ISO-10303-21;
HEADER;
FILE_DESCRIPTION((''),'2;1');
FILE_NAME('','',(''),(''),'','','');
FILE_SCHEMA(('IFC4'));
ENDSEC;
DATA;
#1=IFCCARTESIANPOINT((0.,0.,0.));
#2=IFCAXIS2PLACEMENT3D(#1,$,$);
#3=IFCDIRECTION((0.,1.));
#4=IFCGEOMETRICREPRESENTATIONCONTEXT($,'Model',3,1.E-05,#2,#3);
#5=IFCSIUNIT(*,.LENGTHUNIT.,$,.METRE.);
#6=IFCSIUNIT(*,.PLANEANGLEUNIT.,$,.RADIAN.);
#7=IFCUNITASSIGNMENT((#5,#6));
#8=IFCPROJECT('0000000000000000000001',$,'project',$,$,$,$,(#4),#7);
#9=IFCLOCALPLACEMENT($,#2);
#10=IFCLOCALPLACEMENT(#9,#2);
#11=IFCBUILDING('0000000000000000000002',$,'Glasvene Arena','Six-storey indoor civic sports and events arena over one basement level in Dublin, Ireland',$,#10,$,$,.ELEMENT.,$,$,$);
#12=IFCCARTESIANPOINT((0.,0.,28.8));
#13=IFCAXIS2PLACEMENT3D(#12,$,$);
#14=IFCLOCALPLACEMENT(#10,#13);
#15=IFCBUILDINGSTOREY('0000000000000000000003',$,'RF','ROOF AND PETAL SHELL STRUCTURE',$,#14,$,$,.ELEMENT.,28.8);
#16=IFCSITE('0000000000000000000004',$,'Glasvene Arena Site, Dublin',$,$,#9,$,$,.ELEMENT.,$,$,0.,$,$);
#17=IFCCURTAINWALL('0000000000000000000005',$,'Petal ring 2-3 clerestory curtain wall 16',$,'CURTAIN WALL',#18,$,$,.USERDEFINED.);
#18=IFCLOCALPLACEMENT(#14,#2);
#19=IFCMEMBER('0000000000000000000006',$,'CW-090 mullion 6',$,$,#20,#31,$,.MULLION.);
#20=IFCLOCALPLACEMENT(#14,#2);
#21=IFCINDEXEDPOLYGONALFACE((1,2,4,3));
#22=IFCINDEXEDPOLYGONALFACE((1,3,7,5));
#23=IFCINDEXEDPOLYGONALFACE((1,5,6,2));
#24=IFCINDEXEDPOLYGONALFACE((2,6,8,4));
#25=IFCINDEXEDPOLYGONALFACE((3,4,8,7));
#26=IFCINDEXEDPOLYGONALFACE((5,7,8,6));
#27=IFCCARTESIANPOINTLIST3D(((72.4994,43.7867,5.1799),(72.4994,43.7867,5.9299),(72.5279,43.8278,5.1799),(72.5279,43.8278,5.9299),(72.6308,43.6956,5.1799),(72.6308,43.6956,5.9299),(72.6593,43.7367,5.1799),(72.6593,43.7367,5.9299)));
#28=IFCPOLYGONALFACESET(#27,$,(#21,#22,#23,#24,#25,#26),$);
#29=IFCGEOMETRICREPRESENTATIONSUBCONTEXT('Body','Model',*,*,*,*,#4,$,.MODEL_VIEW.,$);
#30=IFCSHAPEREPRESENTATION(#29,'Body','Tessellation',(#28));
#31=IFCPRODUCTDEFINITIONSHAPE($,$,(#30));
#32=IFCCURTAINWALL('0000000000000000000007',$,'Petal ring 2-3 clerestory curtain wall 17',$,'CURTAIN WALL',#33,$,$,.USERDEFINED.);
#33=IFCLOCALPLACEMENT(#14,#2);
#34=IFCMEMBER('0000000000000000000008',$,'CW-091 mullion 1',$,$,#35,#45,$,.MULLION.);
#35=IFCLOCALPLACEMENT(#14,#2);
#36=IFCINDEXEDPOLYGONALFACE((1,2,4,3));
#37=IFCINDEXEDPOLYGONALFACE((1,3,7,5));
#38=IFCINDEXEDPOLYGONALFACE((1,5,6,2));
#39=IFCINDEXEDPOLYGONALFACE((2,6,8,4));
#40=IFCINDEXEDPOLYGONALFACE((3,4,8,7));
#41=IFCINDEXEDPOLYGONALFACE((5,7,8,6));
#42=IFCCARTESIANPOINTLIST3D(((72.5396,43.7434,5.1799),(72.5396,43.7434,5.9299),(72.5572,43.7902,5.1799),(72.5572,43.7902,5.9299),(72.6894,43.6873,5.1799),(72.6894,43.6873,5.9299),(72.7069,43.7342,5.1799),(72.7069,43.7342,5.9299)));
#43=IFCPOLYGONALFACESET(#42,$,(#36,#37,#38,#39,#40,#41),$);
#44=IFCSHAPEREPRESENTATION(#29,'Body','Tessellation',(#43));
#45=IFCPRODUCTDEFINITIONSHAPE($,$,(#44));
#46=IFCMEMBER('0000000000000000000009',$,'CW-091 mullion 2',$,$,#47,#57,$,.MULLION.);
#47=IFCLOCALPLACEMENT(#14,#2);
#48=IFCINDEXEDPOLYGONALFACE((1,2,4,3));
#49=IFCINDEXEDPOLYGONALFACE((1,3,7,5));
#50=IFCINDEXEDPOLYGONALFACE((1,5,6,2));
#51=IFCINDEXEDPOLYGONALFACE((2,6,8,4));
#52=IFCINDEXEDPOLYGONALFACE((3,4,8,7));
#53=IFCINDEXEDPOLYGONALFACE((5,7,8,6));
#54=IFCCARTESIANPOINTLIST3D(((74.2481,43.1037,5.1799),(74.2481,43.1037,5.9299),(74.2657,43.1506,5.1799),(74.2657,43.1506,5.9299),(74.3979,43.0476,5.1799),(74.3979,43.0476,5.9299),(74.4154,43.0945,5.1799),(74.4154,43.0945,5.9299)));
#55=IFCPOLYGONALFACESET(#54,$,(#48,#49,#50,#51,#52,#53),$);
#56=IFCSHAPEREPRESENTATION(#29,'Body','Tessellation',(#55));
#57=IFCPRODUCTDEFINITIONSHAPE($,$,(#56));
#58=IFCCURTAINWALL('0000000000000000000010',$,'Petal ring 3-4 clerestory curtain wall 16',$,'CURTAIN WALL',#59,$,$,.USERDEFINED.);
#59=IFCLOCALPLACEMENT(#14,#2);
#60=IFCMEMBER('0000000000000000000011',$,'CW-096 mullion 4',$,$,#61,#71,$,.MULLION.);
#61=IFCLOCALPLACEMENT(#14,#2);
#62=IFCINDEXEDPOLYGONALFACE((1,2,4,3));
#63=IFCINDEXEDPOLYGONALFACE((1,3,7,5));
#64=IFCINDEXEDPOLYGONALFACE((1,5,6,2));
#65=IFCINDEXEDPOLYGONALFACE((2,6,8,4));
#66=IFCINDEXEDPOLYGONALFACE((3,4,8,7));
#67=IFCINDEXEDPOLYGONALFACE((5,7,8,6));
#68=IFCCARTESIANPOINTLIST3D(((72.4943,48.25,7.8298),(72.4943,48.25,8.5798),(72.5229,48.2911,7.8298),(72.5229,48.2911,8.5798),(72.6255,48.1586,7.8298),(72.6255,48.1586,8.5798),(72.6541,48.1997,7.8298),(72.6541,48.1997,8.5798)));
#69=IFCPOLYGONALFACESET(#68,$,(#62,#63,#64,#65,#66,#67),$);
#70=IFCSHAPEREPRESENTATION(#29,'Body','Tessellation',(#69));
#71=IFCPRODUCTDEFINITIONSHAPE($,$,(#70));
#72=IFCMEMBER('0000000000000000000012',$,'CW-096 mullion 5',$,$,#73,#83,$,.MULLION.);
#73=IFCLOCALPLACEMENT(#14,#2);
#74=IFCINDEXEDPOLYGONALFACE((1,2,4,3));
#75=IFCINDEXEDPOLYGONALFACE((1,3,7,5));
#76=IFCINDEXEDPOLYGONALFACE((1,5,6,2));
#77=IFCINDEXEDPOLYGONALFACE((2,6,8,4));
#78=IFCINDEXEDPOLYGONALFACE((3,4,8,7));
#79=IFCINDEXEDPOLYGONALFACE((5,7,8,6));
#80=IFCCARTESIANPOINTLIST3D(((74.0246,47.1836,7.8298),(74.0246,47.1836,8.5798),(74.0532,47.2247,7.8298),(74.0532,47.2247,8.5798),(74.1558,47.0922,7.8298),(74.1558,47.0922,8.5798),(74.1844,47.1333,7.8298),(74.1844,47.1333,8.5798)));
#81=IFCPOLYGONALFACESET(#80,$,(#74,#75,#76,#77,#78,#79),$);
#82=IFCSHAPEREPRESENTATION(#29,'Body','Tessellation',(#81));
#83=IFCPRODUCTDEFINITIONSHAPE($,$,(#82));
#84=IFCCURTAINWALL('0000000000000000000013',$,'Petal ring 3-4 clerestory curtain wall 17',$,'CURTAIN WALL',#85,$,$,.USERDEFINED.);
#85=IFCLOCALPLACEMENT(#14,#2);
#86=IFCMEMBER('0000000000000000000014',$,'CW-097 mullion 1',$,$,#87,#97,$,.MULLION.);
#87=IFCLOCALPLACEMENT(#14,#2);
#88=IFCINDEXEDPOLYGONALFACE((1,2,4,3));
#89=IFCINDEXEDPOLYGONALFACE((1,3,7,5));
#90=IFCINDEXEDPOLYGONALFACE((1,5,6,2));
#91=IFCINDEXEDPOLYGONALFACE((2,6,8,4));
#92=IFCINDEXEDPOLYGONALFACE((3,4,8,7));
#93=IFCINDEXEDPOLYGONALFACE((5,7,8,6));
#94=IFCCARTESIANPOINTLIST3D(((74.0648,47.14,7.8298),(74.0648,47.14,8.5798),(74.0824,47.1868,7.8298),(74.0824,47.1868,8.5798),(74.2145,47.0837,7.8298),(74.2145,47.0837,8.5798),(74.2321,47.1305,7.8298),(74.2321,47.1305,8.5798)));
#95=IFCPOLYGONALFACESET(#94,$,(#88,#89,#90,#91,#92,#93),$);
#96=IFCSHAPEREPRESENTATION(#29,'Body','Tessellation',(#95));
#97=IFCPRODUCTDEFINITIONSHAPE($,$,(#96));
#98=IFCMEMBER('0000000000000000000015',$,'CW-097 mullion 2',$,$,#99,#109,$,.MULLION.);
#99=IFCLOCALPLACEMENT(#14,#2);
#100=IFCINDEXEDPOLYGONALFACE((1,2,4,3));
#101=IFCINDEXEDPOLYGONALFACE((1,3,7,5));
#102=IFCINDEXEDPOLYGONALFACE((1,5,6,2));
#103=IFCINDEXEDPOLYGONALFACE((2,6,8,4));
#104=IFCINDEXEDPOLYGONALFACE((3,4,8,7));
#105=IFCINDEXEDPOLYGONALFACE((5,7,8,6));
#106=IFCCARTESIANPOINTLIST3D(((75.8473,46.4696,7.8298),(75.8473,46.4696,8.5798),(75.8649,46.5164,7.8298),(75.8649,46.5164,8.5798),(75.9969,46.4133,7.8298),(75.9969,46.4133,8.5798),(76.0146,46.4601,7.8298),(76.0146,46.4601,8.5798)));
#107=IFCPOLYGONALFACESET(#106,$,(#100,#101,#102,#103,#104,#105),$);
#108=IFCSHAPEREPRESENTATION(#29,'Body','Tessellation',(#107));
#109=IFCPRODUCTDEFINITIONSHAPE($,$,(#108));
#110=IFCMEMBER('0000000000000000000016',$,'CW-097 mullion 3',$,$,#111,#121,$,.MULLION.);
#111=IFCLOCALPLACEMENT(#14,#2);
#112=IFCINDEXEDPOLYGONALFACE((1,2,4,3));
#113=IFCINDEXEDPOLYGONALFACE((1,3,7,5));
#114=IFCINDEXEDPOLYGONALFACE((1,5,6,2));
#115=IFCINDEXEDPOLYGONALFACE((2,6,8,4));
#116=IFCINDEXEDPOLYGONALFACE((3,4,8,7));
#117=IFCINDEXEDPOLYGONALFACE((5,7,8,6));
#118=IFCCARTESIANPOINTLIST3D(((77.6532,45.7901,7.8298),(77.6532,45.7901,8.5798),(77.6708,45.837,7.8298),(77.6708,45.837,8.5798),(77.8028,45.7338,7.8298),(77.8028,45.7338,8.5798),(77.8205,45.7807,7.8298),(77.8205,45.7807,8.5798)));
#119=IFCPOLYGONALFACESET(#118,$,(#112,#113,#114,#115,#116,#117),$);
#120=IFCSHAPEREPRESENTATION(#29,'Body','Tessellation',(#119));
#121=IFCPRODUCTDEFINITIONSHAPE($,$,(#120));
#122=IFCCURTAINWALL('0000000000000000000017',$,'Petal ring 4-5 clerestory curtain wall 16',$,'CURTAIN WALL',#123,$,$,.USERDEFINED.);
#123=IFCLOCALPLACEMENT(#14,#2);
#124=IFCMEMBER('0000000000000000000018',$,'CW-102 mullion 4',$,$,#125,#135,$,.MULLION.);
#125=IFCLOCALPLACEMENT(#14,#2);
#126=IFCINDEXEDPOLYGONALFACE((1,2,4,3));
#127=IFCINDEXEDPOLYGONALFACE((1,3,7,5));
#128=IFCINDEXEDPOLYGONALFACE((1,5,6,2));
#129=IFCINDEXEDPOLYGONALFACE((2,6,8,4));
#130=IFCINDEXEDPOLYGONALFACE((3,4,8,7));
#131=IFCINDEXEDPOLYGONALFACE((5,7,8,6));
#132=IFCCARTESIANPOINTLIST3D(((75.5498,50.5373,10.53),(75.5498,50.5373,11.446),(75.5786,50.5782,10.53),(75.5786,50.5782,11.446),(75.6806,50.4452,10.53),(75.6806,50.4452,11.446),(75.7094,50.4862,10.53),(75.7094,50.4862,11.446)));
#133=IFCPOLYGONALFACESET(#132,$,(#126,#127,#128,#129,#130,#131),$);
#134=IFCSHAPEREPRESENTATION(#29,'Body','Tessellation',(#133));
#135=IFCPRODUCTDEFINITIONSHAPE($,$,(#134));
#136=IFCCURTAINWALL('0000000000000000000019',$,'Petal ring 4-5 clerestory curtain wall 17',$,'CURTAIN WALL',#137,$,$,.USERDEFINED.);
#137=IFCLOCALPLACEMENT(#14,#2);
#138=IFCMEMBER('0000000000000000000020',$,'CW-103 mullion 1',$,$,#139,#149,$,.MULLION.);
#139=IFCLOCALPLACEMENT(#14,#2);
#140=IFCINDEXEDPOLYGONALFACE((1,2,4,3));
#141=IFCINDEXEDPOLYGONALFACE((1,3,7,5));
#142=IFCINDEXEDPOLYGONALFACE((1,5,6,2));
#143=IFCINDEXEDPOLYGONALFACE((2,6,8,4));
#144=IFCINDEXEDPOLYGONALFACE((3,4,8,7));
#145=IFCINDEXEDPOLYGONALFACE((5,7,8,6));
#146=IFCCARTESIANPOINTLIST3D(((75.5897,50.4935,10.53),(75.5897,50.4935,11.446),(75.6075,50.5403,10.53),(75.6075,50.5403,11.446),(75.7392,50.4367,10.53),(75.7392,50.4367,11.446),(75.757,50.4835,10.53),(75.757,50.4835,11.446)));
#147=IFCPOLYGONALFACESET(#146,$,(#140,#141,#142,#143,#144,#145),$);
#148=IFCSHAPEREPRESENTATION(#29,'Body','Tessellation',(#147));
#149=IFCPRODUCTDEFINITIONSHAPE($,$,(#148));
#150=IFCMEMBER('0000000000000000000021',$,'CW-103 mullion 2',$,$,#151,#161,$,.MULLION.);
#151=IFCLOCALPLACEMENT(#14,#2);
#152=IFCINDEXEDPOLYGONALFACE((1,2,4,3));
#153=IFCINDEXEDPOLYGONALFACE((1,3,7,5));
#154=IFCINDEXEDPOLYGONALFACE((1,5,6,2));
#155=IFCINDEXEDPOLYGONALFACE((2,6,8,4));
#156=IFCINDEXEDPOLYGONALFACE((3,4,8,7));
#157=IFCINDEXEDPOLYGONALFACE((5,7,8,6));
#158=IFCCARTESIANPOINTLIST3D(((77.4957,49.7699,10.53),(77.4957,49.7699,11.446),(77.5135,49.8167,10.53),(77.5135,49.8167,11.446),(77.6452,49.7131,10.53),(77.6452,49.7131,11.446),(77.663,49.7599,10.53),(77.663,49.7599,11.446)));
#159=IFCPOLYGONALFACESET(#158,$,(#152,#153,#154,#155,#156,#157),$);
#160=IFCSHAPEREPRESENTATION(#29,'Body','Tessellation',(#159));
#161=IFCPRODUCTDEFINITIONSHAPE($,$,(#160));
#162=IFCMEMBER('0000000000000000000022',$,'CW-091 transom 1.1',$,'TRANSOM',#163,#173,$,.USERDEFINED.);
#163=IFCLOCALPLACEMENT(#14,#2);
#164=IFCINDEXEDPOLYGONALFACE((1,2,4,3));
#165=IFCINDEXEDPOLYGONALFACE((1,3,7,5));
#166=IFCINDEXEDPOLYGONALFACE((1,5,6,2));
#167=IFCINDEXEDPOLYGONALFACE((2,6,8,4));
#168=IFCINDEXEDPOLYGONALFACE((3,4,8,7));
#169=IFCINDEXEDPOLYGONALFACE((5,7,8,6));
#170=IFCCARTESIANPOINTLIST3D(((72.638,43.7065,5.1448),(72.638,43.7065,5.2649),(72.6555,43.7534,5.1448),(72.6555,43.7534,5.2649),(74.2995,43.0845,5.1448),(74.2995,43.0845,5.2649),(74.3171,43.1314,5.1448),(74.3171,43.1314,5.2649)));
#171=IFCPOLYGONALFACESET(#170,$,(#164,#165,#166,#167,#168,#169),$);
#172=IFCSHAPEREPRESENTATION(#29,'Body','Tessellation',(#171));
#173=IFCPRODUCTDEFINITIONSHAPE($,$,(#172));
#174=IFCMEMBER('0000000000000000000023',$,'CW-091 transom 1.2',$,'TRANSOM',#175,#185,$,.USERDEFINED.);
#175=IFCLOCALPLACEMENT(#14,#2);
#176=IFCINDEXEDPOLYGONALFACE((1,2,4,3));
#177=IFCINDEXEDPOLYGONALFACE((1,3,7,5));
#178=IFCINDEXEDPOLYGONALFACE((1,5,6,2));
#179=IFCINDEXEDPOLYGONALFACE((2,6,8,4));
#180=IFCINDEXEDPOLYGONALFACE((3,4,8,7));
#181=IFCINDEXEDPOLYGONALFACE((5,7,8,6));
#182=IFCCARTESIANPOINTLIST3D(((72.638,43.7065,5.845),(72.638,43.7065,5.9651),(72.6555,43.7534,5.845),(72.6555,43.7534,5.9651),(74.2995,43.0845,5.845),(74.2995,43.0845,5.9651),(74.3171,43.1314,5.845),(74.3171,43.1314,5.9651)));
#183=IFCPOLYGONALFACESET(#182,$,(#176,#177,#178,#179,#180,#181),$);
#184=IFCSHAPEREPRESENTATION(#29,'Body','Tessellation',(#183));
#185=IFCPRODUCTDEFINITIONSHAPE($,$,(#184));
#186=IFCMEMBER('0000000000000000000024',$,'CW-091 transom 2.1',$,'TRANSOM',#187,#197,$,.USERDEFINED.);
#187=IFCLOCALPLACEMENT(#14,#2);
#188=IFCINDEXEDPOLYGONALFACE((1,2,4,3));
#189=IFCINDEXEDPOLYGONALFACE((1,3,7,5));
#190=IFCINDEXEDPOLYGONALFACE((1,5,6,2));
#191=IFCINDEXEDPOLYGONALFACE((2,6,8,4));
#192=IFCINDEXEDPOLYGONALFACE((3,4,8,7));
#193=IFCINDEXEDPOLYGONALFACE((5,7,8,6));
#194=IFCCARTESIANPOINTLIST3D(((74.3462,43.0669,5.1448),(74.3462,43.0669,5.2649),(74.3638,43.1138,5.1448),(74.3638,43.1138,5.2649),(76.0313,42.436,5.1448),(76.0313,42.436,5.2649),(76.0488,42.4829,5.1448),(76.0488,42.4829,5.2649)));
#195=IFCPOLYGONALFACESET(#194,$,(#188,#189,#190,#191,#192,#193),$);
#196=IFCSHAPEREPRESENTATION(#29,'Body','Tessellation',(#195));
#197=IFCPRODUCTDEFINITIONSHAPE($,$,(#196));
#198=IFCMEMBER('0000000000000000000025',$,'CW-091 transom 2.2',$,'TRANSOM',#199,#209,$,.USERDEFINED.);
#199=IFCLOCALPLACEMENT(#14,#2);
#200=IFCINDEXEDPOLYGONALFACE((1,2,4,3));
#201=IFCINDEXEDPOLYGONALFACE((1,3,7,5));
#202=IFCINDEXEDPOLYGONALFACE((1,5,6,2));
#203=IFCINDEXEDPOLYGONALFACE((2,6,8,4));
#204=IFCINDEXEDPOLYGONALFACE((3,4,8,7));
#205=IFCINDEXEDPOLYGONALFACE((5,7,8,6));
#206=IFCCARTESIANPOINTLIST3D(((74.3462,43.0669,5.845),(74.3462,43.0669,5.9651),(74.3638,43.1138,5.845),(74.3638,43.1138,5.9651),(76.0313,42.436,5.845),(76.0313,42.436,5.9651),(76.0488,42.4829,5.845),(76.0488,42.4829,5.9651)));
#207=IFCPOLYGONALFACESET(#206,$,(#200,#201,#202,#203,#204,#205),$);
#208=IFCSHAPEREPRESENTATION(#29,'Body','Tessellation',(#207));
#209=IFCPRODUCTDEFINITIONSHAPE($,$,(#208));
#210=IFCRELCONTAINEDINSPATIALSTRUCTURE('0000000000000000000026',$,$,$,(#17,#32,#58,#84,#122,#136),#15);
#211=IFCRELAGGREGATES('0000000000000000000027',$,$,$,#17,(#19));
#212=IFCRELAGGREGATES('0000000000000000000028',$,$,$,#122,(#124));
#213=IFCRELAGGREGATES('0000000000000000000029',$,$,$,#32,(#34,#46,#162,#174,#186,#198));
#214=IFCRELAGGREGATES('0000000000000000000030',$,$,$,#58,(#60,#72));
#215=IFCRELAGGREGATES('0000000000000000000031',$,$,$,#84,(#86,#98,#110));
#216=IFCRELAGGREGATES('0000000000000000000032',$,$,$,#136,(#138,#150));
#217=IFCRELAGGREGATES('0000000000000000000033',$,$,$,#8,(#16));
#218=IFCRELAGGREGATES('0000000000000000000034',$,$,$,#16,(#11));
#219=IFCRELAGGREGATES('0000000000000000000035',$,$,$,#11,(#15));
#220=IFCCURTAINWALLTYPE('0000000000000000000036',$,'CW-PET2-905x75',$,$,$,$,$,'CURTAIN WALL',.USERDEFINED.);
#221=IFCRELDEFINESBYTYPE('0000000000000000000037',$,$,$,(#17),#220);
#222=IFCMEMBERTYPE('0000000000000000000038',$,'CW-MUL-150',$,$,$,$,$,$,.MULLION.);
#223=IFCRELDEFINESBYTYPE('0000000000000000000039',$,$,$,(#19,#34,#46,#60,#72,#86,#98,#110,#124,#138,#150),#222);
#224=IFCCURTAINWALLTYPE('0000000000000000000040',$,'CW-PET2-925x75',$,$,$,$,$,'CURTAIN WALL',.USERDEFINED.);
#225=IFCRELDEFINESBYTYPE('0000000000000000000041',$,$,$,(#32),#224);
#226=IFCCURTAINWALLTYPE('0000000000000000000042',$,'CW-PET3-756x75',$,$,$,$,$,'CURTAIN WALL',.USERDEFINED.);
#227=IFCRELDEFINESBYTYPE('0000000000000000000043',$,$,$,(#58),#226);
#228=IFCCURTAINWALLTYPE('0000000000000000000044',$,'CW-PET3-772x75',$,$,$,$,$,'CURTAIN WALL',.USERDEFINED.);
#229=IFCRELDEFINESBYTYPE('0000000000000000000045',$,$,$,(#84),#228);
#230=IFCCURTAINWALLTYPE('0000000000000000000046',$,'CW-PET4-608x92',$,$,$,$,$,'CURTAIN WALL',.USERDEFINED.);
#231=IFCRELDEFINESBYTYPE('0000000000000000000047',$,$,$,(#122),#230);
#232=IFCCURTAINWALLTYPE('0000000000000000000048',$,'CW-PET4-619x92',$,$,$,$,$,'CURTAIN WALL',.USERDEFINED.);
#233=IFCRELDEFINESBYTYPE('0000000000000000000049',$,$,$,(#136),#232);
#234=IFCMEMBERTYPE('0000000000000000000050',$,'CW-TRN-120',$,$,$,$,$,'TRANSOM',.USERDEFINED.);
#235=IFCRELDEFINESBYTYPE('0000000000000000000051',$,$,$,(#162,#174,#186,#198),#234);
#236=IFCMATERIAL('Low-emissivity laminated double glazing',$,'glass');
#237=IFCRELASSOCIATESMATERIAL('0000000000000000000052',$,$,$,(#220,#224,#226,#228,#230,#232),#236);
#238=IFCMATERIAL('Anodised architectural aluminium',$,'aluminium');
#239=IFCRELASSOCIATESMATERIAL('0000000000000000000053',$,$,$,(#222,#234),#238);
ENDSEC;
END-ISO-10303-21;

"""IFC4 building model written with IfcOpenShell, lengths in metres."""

from ifc_helpers import new_model, si_unit, direction, frame, origin, origin_2d, place, context, subcontext, project, spatial, rectangle, extrude, material, material_profile, profile_set, type_object, element, aggregate, save


model = new_model("IFC4")

# Units and contexts
model_context = context("Model", 3, precision=1e-05, world=origin(), true_north=direction((0.0, 1.0)))
body_context = subcontext(model_context, "Body", "Model", "MODEL_VIEW")
ifc_project = project(units=[si_unit("LENGTHUNIT", "METRE"), si_unit("PLANEANGLEUNIT", "RADIAN")], contexts=[model_context])

# Site, building, storey
site_placement = place(None, origin())
site = spatial("IfcSite", under=ifc_project, at=site_placement, Name="Glasvene Arena Site, Dublin", CompositionType="ELEMENT", RefElevation=0.0)
building_placement = place(site_placement, origin())
building = spatial("IfcBuilding", under=site, at=building_placement, Name="Glasvene Arena", Description="Six-storey indoor civic sports and events arena over one basement level in Dublin, Ireland", CompositionType="ELEMENT")
storey_placement = place(building_placement, frame((0.0, 0.0, 28.8)))
storey = spatial("IfcBuildingStorey", under=building, at=storey_placement, Name="RF", Description="ROOF AND PETAL SHELL STRUCTURE", CompositionType="ELEMENT", Elevation=28.8)

# Curtain wall, member
ifc_material_1 = material(Name="Low-emissivity laminated double glazing", Category="glass")
curtain_wall_type_1 = type_object("IfcCurtainWallType", Name="CW-PET2-905x75", ElementType="CURTAIN WALL", PredefinedType="USERDEFINED", material=ifc_material_1)
curtain_wall_1_placement = place(storey_placement, frame((65.1648, 48.9043, 0.0)))
curtain_wall_1 = element("IfcCurtainWall", 1, at=curtain_wall_1_placement, inside=storey, type_object=curtain_wall_type_1, Name="Petal ring 2-3 clerestory curtain wall 16", ObjectType="CURTAIN WALL", PredefinedType="USERDEFINED")
ifc_material_2 = material(Name="Anodised architectural aluminium", Category="aluminium")
ifc_material_profile_1 = material_profile(ifc_material_2, rectangle(XDim=0.05, YDim=0.1599, at=origin_2d()), Name="ALU MULLION 50x160")
ifc_profile_set_1 = profile_set([ifc_material_profile_1], Name="Anodised architectural aluminium")
member_type_1 = type_object("IfcMemberType", Name="CW-MUL-150", PredefinedType="MULLION", material=ifc_profile_set_1)
member_1_placement = place(storey_placement, frame((72.5793, 43.7617, 5.1799), z_axis=(0.0, 0.0, 1.0), x_axis=(0.569921, 0.821699, 0.0)))
member_1 = element("IfcMember", 2, at=member_1_placement, type_object=member_type_1, Name="CW-090 mullion 6", PredefinedType="MULLION", context=body_context, shape_type="SweptSolid", body=[
    extrude(rectangle(XDim=0.05, YDim=0.1599, at=origin_2d()), origin(), (0.0, 0.0, 1.0), 0.75),
])
aggregate(curtain_wall_1, [member_1])

# Curtain walls, members
curtain_wall_type_2 = type_object("IfcCurtainWallType", Name="CW-PET2-925x75", ElementType="CURTAIN WALL", PredefinedType="USERDEFINED", material=ifc_material_1)
curtain_wall_2_placement = place(storey_placement, frame((72.6001, 43.7476, 0.0)))
curtain_wall_2 = element("IfcCurtainWall", 3, at=curtain_wall_2_placement, inside=storey, type_object=curtain_wall_type_2, Name="Petal ring 2-3 clerestory curtain wall 17", ObjectType="CURTAIN WALL", PredefinedType="USERDEFINED")
member_2_placement = place(storey_placement, frame((72.6233, 43.7388, 5.1799), z_axis=(0.0, 0.0, 1.0), x_axis=(0.35064, 0.93651, 0.0)))
member_2 = element("IfcMember", 4, at=member_2_placement, type_object=member_type_1, Name="CW-091 mullion 1", PredefinedType="MULLION", context=body_context, shape_type="SweptSolid", body=[
    extrude(rectangle(XDim=0.05, YDim=0.1599, at=origin_2d()), origin(), (0.0, 0.0, 1.0), 0.75),
])
member_3_placement = place(storey_placement, frame((74.3318, 43.0991, 5.1799), z_axis=(0.0, 0.0, 1.0), x_axis=(0.35064, 0.93651, 0.0)))
member_3 = element("IfcMember", 5, at=member_3_placement, type_object=member_type_1, Name="CW-091 mullion 2", PredefinedType="MULLION", context=body_context, shape_type="SweptSolid", body=[
    extrude(rectangle(XDim=0.05, YDim=0.1599, at=origin_2d()), origin(), (0.0, 0.0, 1.0), 0.75),
])
curtain_wall_type_3 = type_object("IfcCurtainWallType", Name="CW-PET3-756x75", ElementType="CURTAIN WALL", PredefinedType="USERDEFINED", material=ifc_material_1)
curtain_wall_3_placement = place(storey_placement, frame((67.9221, 51.4668, 0.0)))
curtain_wall_3 = element("IfcCurtainWall", 6, at=curtain_wall_3_placement, inside=storey, type_object=curtain_wall_type_3, Name="Petal ring 3-4 clerestory curtain wall 16", ObjectType="CURTAIN WALL", PredefinedType="USERDEFINED")
member_4_placement = place(storey_placement, frame((72.5742, 48.2249, 7.8298), z_axis=(0.0, 0.0, 1.0), x_axis=(0.571742, 0.820433, 0.0)))
member_4 = element("IfcMember", 7, at=member_4_placement, type_object=member_type_1, Name="CW-096 mullion 4", PredefinedType="MULLION", context=body_context, shape_type="SweptSolid", body=[
    extrude(rectangle(XDim=0.05, YDim=0.1599, at=origin_2d()), origin(), (0.0, 0.0, 1.0), 0.75),
])
member_5_placement = place(storey_placement, frame((74.1045, 47.1584, 7.8298), z_axis=(0.0, 0.0, 1.0), x_axis=(0.571742, 0.820433, 0.0)))
member_5 = element("IfcMember", 8, at=member_5_placement, type_object=member_type_1, Name="CW-096 mullion 5", PredefinedType="MULLION", context=body_context, shape_type="SweptSolid", body=[
    extrude(rectangle(XDim=0.05, YDim=0.1599, at=origin_2d()), origin(), (0.0, 0.0, 1.0), 0.75),
])
curtain_wall_type_4 = type_object("IfcCurtainWallType", Name="CW-PET3-772x75", ElementType="CURTAIN WALL", PredefinedType="USERDEFINED", material=ifc_material_1)
curtain_wall_4_placement = place(storey_placement, frame((74.125, 47.144, 0.0)))
curtain_wall_4 = element("IfcCurtainWall", 9, at=curtain_wall_4_placement, inside=storey, type_object=curtain_wall_type_4, Name="Petal ring 3-4 clerestory curtain wall 17", ObjectType="CURTAIN WALL", PredefinedType="USERDEFINED")
member_6_placement = place(storey_placement, frame((74.1484, 47.1353, 7.8298), z_axis=(0.0, 0.0, 1.0), x_axis=(0.352092, 0.935966, 0.0)))
member_6 = element("IfcMember", 10, at=member_6_placement, type_object=member_type_1, Name="CW-097 mullion 1", PredefinedType="MULLION", context=body_context, shape_type="SweptSolid", body=[
    extrude(rectangle(XDim=0.05, YDim=0.1599, at=origin_2d()), origin(), (0.0, 0.0, 1.0), 0.75),
])
member_7_placement = place(storey_placement, frame((75.9309, 46.4648, 7.8298), z_axis=(0.0, 0.0, 1.0), x_axis=(0.352092, 0.935966, 0.0)))
member_7 = element("IfcMember", 11, at=member_7_placement, type_object=member_type_1, Name="CW-097 mullion 2", PredefinedType="MULLION", context=body_context, shape_type="SweptSolid", body=[
    extrude(rectangle(XDim=0.05, YDim=0.1599, at=origin_2d()), origin(), (0.0, 0.0, 1.0), 0.75),
])
member_8_placement = place(storey_placement, frame((77.7368, 45.7854, 7.8298), z_axis=(0.0, 0.0, 1.0), x_axis=(0.352092, 0.935966, 0.0)))
member_8 = element("IfcMember", 12, at=member_8_placement, type_object=member_type_1, Name="CW-097 mullion 3", PredefinedType="MULLION", context=body_context, shape_type="SweptSolid", body=[
    extrude(rectangle(XDim=0.05, YDim=0.1599, at=origin_2d()), origin(), (0.0, 0.0, 1.0), 0.75),
])

# Curtain wall, member
curtain_wall_type_5 = type_object("IfcCurtainWallType", Name="CW-PET4-608x92", ElementType="CURTAIN WALL", PredefinedType="USERDEFINED", material=ifc_material_1)
curtain_wall_5_placement = place(storey_placement, frame((70.6794, 53.9937, 0.0)))
curtain_wall_5 = element("IfcCurtainWall", 13, at=curtain_wall_5_placement, inside=storey, type_object=curtain_wall_type_5, Name="Petal ring 4-5 clerestory curtain wall 16", ObjectType="CURTAIN WALL", PredefinedType="USERDEFINED")
member_9_placement = place(storey_placement, frame((75.6296, 50.5117, 10.53), z_axis=(0.0, 0.0, 1.0), x_axis=(0.575325, 0.817925, 0.0)))
member_9 = element("IfcMember", 14, at=member_9_placement, type_object=member_type_1, Name="CW-102 mullion 4", PredefinedType="MULLION", context=body_context, shape_type="SweptSolid", body=[
    extrude(rectangle(XDim=0.05, YDim=0.1599, at=origin_2d()), origin(), (0.0, 0.0, 1.0), 0.916),
])
aggregate(curtain_wall_5, [member_9])

# Curtain wall, members
curtain_wall_type_6 = type_object("IfcCurtainWallType", Name="CW-PET4-619x92", ElementType="CURTAIN WALL", PredefinedType="USERDEFINED", material=ifc_material_1)
curtain_wall_6_placement = place(storey_placement, frame((75.6499, 50.4973, 0.0)))
curtain_wall_6 = element("IfcCurtainWall", 15, at=curtain_wall_6_placement, inside=storey, type_object=curtain_wall_type_6, Name="Petal ring 4-5 clerestory curtain wall 17", ObjectType="CURTAIN WALL", PredefinedType="USERDEFINED")
member_10_placement = place(storey_placement, frame((75.6733, 50.4885, 10.53), z_axis=(0.0, 0.0, 1.0), x_axis=(0.35497, 0.934878, 0.0)))
member_10 = element("IfcMember", 16, at=member_10_placement, type_object=member_type_1, Name="CW-103 mullion 1", PredefinedType="MULLION", context=body_context, shape_type="SweptSolid", body=[
    extrude(rectangle(XDim=0.05, YDim=0.1599, at=origin_2d()), origin(), (0.0, 0.0, 1.0), 0.916),
])
member_11_placement = place(storey_placement, frame((77.5793, 49.7649, 10.53), z_axis=(0.0, 0.0, 1.0), x_axis=(0.35497, 0.934878, 0.0)))
member_11 = element("IfcMember", 17, at=member_11_placement, type_object=member_type_1, Name="CW-103 mullion 2", PredefinedType="MULLION", context=body_context, shape_type="SweptSolid", body=[
    extrude(rectangle(XDim=0.05, YDim=0.1599, at=origin_2d()), origin(), (0.0, 0.0, 1.0), 0.916),
])

# Members
ifc_material_profile_2 = material_profile(ifc_material_2, rectangle(XDim=0.05, YDim=0.1201, at=origin_2d()), Name="ALU TRANSOM 50x120")
ifc_profile_set_2 = profile_set([ifc_material_profile_2], Name="Anodised architectural aluminium")
member_type_2 = type_object("IfcMemberType", Name="CW-TRN-120", ElementType="TRANSOM", PredefinedType="USERDEFINED", material=ifc_profile_set_2)
member_12_placement = place(storey_placement, frame((72.6467, 43.73, 5.2048), z_axis=(0.936521, -0.350611, 0.0), x_axis=(0.350611, 0.936521, 0.0)))
member_12 = element("IfcMember", 18, at=member_12_placement, type_object=member_type_2, Name="CW-091 transom 1.1", ObjectType="TRANSOM", PredefinedType="USERDEFINED", context=body_context, shape_type="SweptSolid", body=[
    extrude(rectangle(XDim=0.05, YDim=0.1201, at=origin_2d()), origin(), (0.0, 0.0, 1.0), 1.7742),
])
member_13_placement = place(storey_placement, frame((72.6467, 43.73, 5.905), z_axis=(0.936521, -0.350611, 0.0), x_axis=(0.350611, 0.936521, 0.0)))
member_13 = element("IfcMember", 19, at=member_13_placement, type_object=member_type_2, Name="CW-091 transom 1.2", ObjectType="TRANSOM", PredefinedType="USERDEFINED", context=body_context, shape_type="SweptSolid", body=[
    extrude(rectangle(XDim=0.05, YDim=0.1201, at=origin_2d()), origin(), (0.0, 0.0, 1.0), 1.7742),
])
member_14_placement = place(storey_placement, frame((74.355, 43.0903, 5.2048), z_axis=(0.936519, -0.350618, 0.0), x_axis=(0.350618, 0.936519, 0.0)))
member_14 = element("IfcMember", 20, at=member_14_placement, type_object=member_type_2, Name="CW-091 transom 2.1", ObjectType="TRANSOM", PredefinedType="USERDEFINED", context=body_context, shape_type="SweptSolid", body=[
    extrude(rectangle(XDim=0.05, YDim=0.1201, at=origin_2d()), origin(), (0.0, 0.0, 1.0), 1.7993),
])
member_15_placement = place(storey_placement, frame((74.355, 43.0903, 5.905), z_axis=(0.936519, -0.350618, 0.0), x_axis=(0.350618, 0.936519, 0.0)))
member_15 = element("IfcMember", 21, at=member_15_placement, type_object=member_type_2, Name="CW-091 transom 2.2", ObjectType="TRANSOM", PredefinedType="USERDEFINED", context=body_context, shape_type="SweptSolid", body=[
    extrude(rectangle(XDim=0.05, YDim=0.1201, at=origin_2d()), origin(), (0.0, 0.0, 1.0), 1.7993),
])

aggregate(curtain_wall_2, [member_2, member_3, member_12, member_13, member_14, member_15])
aggregate(curtain_wall_3, [member_4, member_5])
aggregate(curtain_wall_4, [member_6, member_7, member_8])
aggregate(curtain_wall_6, [member_10, member_11])

save(model, "model.ifc")
